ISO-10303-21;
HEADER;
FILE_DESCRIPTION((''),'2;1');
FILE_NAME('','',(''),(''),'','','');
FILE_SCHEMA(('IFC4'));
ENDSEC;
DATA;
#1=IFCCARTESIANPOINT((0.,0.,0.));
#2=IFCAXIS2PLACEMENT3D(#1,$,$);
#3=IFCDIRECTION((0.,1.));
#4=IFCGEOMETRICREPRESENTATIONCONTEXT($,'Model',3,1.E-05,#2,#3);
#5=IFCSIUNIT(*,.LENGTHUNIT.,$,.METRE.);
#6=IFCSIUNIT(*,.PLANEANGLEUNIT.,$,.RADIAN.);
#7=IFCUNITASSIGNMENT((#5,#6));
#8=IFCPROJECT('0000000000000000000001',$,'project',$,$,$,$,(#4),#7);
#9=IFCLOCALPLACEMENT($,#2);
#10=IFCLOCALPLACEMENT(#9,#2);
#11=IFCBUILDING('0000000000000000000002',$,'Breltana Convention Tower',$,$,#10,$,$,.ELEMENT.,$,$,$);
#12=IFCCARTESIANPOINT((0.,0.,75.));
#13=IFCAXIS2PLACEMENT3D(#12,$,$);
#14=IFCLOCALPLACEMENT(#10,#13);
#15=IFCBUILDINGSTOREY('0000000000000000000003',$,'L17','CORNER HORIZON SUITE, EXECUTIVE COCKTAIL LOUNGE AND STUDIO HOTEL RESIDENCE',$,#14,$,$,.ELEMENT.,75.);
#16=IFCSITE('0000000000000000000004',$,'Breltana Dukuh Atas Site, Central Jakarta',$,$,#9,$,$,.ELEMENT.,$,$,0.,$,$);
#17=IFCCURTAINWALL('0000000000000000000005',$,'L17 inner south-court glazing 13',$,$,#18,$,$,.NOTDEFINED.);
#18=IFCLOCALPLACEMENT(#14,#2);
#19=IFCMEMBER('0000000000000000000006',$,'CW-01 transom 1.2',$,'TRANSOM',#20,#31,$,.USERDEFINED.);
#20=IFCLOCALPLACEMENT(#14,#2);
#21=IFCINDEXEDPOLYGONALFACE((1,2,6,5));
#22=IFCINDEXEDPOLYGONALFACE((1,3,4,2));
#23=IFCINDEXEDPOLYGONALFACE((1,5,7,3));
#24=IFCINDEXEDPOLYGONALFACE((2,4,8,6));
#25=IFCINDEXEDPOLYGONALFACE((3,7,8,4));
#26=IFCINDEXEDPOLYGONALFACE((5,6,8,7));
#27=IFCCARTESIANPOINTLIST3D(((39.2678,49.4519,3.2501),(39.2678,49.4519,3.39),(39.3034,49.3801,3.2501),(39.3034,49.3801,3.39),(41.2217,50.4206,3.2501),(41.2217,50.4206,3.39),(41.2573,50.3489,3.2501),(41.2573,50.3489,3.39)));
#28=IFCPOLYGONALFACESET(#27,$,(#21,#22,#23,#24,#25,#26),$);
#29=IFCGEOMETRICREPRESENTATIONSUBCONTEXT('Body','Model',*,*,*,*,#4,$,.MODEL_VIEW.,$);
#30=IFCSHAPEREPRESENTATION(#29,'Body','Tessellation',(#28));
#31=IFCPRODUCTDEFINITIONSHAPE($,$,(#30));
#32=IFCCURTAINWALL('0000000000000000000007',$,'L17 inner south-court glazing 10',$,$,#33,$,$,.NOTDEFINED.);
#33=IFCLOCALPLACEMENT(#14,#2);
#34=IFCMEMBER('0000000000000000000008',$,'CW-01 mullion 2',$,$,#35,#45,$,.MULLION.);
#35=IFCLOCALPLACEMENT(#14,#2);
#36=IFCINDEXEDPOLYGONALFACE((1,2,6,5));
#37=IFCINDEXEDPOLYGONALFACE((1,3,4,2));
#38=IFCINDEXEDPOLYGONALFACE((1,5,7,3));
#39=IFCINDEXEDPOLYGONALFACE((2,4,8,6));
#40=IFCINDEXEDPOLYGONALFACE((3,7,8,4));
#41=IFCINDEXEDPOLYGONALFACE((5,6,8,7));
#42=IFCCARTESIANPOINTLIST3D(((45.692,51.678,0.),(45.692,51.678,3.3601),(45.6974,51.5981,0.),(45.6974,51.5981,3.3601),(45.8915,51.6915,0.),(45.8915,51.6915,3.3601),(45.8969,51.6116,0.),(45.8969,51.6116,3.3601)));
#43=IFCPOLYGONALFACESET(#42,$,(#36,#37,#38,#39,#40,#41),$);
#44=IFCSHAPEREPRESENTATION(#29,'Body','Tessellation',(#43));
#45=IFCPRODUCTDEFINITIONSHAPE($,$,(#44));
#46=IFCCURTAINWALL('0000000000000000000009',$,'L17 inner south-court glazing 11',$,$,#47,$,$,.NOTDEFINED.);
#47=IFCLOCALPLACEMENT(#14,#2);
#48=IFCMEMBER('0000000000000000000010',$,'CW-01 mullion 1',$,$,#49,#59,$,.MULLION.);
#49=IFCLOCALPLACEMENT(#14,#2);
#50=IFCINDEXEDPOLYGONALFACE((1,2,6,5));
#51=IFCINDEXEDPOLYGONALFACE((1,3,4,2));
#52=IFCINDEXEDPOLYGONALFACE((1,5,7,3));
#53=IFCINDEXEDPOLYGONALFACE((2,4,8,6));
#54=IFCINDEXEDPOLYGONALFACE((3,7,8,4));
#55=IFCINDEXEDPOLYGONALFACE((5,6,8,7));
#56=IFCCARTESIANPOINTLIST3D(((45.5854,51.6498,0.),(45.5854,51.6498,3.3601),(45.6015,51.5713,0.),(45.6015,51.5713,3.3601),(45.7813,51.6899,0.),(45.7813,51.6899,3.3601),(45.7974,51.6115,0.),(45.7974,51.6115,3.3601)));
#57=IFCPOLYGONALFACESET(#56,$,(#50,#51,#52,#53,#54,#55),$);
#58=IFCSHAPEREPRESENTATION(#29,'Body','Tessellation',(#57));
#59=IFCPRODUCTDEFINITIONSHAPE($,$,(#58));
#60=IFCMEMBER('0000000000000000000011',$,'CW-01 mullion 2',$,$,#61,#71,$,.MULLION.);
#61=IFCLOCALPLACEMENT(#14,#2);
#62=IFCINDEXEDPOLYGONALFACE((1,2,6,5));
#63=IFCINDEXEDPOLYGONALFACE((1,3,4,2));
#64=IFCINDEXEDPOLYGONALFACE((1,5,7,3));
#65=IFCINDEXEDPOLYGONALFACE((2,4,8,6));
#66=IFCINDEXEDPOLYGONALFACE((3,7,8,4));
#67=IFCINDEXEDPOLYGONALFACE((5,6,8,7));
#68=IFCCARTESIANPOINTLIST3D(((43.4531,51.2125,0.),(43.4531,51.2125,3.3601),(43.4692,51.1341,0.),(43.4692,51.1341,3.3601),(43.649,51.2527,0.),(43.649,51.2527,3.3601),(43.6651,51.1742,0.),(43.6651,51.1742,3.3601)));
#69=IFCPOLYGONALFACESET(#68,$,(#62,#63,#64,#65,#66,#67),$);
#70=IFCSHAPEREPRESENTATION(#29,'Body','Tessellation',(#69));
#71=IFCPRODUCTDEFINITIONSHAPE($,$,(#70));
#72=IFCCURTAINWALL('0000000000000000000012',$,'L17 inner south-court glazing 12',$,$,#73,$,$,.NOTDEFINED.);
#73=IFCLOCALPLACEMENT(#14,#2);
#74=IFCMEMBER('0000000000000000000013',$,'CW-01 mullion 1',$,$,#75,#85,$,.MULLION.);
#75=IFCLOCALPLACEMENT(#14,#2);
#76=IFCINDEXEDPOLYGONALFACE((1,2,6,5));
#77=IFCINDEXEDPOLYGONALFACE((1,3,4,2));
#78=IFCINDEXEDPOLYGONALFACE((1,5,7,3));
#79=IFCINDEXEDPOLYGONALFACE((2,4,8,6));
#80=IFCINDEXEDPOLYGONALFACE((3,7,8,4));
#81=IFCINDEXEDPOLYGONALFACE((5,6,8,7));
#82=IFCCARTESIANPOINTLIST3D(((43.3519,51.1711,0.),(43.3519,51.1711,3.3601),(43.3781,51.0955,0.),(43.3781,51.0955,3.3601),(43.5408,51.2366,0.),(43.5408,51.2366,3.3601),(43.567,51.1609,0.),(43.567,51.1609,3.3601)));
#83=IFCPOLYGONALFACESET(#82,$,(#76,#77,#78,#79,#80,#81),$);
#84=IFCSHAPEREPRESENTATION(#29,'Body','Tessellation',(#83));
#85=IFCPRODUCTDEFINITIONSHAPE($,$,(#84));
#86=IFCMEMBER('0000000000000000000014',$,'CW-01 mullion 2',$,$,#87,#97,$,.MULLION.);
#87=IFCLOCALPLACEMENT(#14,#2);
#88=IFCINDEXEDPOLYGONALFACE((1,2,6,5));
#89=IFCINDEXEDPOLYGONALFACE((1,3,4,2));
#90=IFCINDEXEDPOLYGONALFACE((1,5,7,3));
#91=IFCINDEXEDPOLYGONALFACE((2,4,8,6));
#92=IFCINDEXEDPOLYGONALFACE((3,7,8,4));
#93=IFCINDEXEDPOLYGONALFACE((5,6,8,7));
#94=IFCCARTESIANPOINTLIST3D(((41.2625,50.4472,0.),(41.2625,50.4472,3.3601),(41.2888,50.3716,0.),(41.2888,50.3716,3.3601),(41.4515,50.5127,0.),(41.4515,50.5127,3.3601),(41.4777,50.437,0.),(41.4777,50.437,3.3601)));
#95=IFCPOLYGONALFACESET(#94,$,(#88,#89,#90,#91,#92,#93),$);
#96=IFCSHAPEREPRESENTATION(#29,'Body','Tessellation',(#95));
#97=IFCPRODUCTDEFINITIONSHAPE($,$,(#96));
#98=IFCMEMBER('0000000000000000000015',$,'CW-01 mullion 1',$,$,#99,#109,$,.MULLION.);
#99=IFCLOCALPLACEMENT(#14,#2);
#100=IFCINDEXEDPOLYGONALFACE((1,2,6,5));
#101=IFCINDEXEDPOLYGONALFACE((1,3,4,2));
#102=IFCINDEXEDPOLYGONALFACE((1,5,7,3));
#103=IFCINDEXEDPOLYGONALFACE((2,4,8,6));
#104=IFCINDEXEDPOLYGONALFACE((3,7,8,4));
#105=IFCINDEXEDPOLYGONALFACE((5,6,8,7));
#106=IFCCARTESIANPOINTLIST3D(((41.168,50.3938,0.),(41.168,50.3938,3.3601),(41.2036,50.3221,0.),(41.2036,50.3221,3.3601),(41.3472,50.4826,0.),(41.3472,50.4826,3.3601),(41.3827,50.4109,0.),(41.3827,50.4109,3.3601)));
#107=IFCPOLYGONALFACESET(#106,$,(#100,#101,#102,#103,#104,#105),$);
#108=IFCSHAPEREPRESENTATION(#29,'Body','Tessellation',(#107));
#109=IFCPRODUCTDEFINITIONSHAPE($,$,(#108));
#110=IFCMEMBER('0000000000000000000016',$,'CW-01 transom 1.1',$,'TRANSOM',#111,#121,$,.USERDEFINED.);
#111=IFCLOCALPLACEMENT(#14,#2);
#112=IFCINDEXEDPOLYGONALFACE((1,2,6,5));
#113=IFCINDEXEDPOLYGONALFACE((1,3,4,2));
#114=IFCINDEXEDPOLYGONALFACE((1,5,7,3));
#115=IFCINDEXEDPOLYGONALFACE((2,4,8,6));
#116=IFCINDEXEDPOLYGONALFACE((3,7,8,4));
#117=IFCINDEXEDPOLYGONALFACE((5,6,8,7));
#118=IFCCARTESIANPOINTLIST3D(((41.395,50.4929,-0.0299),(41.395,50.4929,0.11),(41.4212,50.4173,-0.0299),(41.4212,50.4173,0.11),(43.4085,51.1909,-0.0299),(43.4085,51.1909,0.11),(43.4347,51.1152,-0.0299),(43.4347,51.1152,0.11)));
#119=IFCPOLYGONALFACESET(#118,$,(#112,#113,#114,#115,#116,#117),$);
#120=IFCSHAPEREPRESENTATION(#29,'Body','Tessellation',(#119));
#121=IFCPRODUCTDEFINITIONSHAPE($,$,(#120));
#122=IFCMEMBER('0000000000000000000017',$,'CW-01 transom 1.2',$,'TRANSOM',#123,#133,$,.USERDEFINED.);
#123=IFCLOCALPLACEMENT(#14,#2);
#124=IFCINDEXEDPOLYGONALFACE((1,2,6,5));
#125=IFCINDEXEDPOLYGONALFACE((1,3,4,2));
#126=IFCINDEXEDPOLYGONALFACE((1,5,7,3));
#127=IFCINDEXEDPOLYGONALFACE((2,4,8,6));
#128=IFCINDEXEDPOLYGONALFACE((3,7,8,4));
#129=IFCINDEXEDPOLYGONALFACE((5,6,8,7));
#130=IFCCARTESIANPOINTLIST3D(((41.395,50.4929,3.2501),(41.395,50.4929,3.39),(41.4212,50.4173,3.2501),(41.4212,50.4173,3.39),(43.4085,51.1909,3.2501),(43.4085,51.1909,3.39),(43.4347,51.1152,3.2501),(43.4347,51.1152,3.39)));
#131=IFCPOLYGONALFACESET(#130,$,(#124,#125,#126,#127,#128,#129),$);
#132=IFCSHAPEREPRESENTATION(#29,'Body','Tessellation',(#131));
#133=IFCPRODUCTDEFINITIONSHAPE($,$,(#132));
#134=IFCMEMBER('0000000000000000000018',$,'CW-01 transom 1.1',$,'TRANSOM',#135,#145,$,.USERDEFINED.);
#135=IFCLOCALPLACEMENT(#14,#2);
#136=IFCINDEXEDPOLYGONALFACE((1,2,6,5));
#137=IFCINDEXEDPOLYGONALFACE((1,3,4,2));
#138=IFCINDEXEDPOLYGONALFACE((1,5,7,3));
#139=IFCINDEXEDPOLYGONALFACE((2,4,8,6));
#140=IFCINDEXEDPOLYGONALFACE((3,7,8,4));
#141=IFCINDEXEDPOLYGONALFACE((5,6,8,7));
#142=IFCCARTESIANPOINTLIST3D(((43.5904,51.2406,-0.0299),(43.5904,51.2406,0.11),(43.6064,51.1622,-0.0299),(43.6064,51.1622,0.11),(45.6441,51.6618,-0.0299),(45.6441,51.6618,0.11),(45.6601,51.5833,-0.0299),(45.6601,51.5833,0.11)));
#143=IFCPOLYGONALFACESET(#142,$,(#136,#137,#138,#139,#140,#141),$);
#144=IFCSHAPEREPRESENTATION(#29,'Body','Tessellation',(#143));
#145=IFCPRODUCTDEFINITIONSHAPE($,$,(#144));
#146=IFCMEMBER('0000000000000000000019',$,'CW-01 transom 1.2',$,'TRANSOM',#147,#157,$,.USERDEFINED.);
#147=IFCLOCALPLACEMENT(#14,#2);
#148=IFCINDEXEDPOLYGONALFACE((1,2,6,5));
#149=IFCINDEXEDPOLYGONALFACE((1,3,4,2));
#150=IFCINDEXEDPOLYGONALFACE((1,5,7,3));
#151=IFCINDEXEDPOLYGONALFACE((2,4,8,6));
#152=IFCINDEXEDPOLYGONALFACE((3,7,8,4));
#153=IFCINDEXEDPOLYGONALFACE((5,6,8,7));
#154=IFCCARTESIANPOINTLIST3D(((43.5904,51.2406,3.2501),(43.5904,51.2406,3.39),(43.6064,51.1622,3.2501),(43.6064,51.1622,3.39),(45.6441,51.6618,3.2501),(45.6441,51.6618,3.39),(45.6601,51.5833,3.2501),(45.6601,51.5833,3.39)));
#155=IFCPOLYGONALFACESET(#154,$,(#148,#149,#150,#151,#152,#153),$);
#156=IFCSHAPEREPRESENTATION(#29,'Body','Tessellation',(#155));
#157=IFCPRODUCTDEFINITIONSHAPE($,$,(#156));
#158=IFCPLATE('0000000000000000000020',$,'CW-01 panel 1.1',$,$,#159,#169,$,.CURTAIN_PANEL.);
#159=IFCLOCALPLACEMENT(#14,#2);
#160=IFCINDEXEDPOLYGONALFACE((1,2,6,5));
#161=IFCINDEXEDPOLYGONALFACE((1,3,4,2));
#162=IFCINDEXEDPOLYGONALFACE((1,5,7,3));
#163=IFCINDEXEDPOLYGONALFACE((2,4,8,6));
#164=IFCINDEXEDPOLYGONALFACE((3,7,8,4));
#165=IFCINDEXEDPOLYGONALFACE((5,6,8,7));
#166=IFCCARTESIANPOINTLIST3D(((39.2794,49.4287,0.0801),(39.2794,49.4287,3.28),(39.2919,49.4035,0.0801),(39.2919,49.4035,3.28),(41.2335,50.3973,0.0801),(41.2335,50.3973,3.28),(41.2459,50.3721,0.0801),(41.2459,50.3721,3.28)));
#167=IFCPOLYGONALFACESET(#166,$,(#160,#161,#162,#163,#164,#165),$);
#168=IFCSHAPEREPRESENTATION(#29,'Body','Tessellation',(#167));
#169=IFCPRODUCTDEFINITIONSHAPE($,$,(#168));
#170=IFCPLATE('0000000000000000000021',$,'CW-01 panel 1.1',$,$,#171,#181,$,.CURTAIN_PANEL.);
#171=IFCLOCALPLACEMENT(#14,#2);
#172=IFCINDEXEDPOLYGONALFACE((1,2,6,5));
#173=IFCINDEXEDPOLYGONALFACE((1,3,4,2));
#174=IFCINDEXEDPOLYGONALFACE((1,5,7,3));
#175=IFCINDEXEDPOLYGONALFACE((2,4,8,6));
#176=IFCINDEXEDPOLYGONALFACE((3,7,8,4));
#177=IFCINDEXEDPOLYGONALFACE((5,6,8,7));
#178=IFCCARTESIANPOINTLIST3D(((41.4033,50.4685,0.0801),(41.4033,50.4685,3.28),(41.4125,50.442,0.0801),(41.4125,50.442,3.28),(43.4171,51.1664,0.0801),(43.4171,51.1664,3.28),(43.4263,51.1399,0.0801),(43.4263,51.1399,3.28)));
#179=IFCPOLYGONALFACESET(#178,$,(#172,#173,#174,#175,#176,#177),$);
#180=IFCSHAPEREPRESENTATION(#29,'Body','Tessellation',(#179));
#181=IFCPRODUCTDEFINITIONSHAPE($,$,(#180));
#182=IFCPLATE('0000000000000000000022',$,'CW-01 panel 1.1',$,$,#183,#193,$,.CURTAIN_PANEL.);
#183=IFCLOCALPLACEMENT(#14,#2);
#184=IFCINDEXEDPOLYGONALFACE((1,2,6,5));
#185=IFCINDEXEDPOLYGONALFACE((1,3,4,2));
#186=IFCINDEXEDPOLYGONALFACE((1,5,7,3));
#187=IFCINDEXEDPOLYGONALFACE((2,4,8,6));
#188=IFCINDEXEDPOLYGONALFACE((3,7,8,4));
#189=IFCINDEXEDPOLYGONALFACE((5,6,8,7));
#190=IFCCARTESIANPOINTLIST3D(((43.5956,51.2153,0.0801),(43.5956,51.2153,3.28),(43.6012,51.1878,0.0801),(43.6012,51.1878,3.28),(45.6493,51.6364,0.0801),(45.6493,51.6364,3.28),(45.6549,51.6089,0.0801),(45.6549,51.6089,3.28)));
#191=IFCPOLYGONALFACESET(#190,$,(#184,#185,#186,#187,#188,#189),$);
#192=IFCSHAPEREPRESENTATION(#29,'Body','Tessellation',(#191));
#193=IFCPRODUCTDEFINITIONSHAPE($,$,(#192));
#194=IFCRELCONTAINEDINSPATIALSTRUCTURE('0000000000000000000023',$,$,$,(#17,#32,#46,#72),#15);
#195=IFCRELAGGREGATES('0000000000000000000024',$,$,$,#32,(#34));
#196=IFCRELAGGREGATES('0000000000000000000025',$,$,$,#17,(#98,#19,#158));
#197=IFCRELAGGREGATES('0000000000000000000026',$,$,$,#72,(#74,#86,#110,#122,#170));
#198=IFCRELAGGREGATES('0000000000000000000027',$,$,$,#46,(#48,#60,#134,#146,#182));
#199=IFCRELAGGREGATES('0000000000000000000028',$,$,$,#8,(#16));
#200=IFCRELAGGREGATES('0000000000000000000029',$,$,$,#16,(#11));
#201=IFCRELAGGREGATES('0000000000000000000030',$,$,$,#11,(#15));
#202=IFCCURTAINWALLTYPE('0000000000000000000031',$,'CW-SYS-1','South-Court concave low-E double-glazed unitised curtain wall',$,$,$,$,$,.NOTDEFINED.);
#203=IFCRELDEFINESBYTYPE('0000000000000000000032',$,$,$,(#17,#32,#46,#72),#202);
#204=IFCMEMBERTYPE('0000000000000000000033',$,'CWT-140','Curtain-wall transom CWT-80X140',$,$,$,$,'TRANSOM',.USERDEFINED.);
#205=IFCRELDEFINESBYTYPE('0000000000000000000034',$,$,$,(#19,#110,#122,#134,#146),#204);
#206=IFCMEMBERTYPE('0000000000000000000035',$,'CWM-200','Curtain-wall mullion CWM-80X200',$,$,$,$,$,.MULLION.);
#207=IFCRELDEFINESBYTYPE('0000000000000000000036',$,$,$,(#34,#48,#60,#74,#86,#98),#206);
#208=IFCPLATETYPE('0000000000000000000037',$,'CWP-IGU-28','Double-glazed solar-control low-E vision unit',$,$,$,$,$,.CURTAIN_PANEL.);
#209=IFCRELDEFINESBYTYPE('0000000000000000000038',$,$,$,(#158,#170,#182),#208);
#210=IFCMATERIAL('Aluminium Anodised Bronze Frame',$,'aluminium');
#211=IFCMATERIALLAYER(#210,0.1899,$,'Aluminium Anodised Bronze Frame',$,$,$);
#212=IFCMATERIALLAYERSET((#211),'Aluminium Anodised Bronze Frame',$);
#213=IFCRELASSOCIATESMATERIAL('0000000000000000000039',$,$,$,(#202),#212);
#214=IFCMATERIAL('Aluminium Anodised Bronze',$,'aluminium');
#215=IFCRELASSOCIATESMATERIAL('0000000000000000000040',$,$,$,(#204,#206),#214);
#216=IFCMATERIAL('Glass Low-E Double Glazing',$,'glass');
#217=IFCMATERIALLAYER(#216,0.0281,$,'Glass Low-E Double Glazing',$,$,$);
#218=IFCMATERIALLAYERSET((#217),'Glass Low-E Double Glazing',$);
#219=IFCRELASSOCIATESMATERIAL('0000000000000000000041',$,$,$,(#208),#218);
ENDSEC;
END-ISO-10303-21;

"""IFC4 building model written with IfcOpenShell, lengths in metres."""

from ifc_helpers import new_model, si_unit, direction, frame, origin, origin_2d, place, context, subcontext, project, spatial, rectangle, extrude, source, transform, mapped, material, layer, layer_set, material_profile, profile_set, type_object, element, aggregate, save


model = new_model("IFC4")

# Units and contexts
model_context = context("Model", 3, precision=1e-05, world=origin(), true_north=direction((0.0, 1.0)))
body_context = subcontext(model_context, "Body", "Model", "MODEL_VIEW")
ifc_project = project(units=[si_unit("LENGTHUNIT", "METRE"), si_unit("PLANEANGLEUNIT", "RADIAN")], contexts=[model_context])

# Site, building, storey
site_placement = place(None, origin())
site = spatial("IfcSite", under=ifc_project, at=site_placement, Name="Breltana Dukuh Atas Site, Central Jakarta", CompositionType="ELEMENT", RefElevation=0.0)
building_placement = place(site_placement, origin())
building = spatial("IfcBuilding", under=site, at=building_placement, Name="Breltana Convention Tower", CompositionType="ELEMENT")
storey_placement = place(building_placement, frame((0.0, 0.0, 75.0)))
storey = spatial("IfcBuildingStorey", under=building, at=storey_placement, Name="L17", Description="CORNER HORIZON SUITE, EXECUTIVE COCKTAIL LOUNGE AND STUDIO HOTEL RESIDENCE", CompositionType="ELEMENT", Elevation=75.0)

# Curtain wall, member
ifc_material_1 = material(Name="Aluminium Anodised Bronze Frame", Category="aluminium")
ifc_layer_1 = layer(ifc_material_1, 0.1899, Name="Aluminium Anodised Bronze Frame")
ifc_layer_set_1 = layer_set([ifc_layer_1], Name="Aluminium Anodised Bronze Frame")
curtain_wall_type = type_object("IfcCurtainWallType", Name="CW-SYS-1", Description="South-Court concave low-E double-glazed unitised curtain wall", PredefinedType="NOTDEFINED", material=ifc_layer_set_1)
curtain_wall_1_placement = place(storey_placement, origin())
curtain_wall_1 = element("IfcCurtainWall", 1, at=curtain_wall_1_placement, inside=storey, type_object=curtain_wall_type, Name="L17 inner south-court glazing 13", PredefinedType="NOTDEFINED")
ifc_material_2 = material(Name="Aluminium Anodised Bronze", Category="aluminium")
ifc_material_profile_1 = material_profile(ifc_material_2, rectangle(XDim=0.0801, YDim=0.1399, at=origin_2d()), Name="CWT-80X140")
ifc_profile_set_1 = profile_set([ifc_material_profile_1], Name="Aluminium Anodised Bronze")
member_type_1 = type_object("IfcMemberType", Name="CWT-140", Description="Curtain-wall transom CWT-80X140", ElementType="TRANSOM", PredefinedType="USERDEFINED", material=ifc_profile_set_1)
shared_shape_1 = source(origin(), body_context, "Body", "SweptSolid", [
    extrude(rectangle(XDim=0.0801, YDim=0.1399, at=origin_2d()), origin(), (0.0, 0.0, 1.0), 2.1809),
])
member_1_placement = place(storey_placement, frame((41.2395, 50.3848, 3.3201), z_axis=(-0.895922, -0.444211, 0.0), x_axis=(0.444211, -0.895922, 0.0)))
member_1 = element("IfcMember", 2, at=member_1_placement, type_object=member_type_1, Name="CW-01 transom 1.2", ObjectType="TRANSOM", PredefinedType="USERDEFINED", context=body_context, shape_type="MappedRepresentation", body=[
    mapped(shared_shape_1, transform((0.0, 0.0, 0.0), scale=1.0)),
])

# Curtain wall, member
curtain_wall_2_placement = place(storey_placement, origin())
curtain_wall_2 = element("IfcCurtainWall", 3, at=curtain_wall_2_placement, inside=storey, type_object=curtain_wall_type, Name="L17 inner south-court glazing 10", PredefinedType="NOTDEFINED")
ifc_material_profile_2 = material_profile(ifc_material_2, rectangle(XDim=0.0801, YDim=0.2, at=origin_2d()), Name="CWM-80X200")
ifc_profile_set_2 = profile_set([ifc_material_profile_2], Name="Aluminium Anodised Bronze")
member_type_2 = type_object("IfcMemberType", Name="CWM-200", Description="Curtain-wall mullion CWM-80X200", PredefinedType="MULLION", material=ifc_profile_set_2)
shared_shape_2 = source(origin(), body_context, "Body", "SweptSolid", [
    extrude(rectangle(XDim=0.0801, YDim=0.2, at=origin_2d()), origin(), (0.0, 0.0, 1.0), 3.3601),
])
member_2_placement = place(storey_placement, frame((45.7944, 51.6448, 0.0), z_axis=(0.0, 0.0, 1.0), x_axis=(0.067726, -0.997704, 0.0)))
member_2 = element("IfcMember", 4, at=member_2_placement, type_object=member_type_2, Name="CW-01 mullion 2", PredefinedType="MULLION", context=body_context, shape_type="MappedRepresentation", body=[
    mapped(shared_shape_2, transform((0.0, 0.0, 0.0), scale=1.0)),
])
aggregate(curtain_wall_2, [member_2])

# Curtain walls, members
curtain_wall_3_placement = place(storey_placement, origin())
curtain_wall_3 = element("IfcCurtainWall", 5, at=curtain_wall_3_placement, inside=storey, type_object=curtain_wall_type, Name="L17 inner south-court glazing 11", PredefinedType="NOTDEFINED")
member_3_placement = place(storey_placement, frame((45.6914, 51.6306, 0.0), z_axis=(0.0, 0.0, 1.0), x_axis=(0.200886, -0.979615, 0.0)))
member_3 = element("IfcMember", 6, at=member_3_placement, type_object=member_type_2, Name="CW-01 mullion 1", PredefinedType="MULLION", context=body_context, shape_type="MappedRepresentation", body=[
    mapped(shared_shape_2, transform((0.0, 0.0, 0.0), scale=1.0)),
])
member_4_placement = place(storey_placement, frame((43.5591, 51.1934, 0.0), z_axis=(0.0, 0.0, 1.0), x_axis=(0.200886, -0.979615, 0.0)))
member_4 = element("IfcMember", 7, at=member_4_placement, type_object=member_type_2, Name="CW-01 mullion 2", PredefinedType="MULLION", context=body_context, shape_type="MappedRepresentation", body=[
    mapped(shared_shape_2, transform((0.0, 0.0, 0.0), scale=1.0)),
])
curtain_wall_4_placement = place(storey_placement, origin())
curtain_wall_4 = element("IfcCurtainWall", 8, at=curtain_wall_4_placement, inside=storey, type_object=curtain_wall_type, Name="L17 inner south-court glazing 12", PredefinedType="NOTDEFINED")
member_5_placement = place(storey_placement, frame((43.4595, 51.166, 0.0), z_axis=(0.0, 0.0, 1.0), x_axis=(0.327413, -0.944881, 0.0)))
member_5 = element("IfcMember", 9, at=member_5_placement, type_object=member_type_2, Name="CW-01 mullion 1", PredefinedType="MULLION", context=body_context, shape_type="MappedRepresentation", body=[
    mapped(shared_shape_2, transform((0.0, 0.0, 0.0), scale=1.0)),
])
member_6_placement = place(storey_placement, frame((41.3701, 50.4421, 0.0), z_axis=(0.0, 0.0, 1.0), x_axis=(0.327413, -0.944881, 0.0)))
member_6 = element("IfcMember", 10, at=member_6_placement, type_object=member_type_2, Name="CW-01 mullion 2", PredefinedType="MULLION", context=body_context, shape_type="MappedRepresentation", body=[
    mapped(shared_shape_2, transform((0.0, 0.0, 0.0), scale=1.0)),
])

# Members
member_7_placement = place(storey_placement, frame((41.2754, 50.4023, 0.0), z_axis=(0.0, 0.0, 1.0), x_axis=(0.444118, -0.895968, 0.0)))
member_7 = element("IfcMember", 11, at=member_7_placement, type_object=member_type_2, Name="CW-01 mullion 1", PredefinedType="MULLION", context=body_context, shape_type="MappedRepresentation", body=[
    mapped(shared_shape_2, transform((0.0, 0.0, 0.0), scale=1.0)),
])
shared_shape_3 = source(origin(), body_context, "Body", "SweptSolid", [
    extrude(rectangle(XDim=0.0801, YDim=0.1399, at=origin_2d()), origin(), (0.0, 0.0, 1.0), 2.1311),
])
member_8_placement = place(storey_placement, frame((43.4216, 51.1531, 0.04), z_axis=(-0.944847, -0.327512, 0.0), x_axis=(0.327512, -0.944847, 0.0)))
member_8 = element("IfcMember", 12, at=member_8_placement, type_object=member_type_1, Name="CW-01 transom 1.1", ObjectType="TRANSOM", PredefinedType="USERDEFINED", context=body_context, shape_type="MappedRepresentation", body=[
    mapped(shared_shape_3, transform((0.0, 0.0, 0.0), scale=1.0)),
])
member_9_placement = place(storey_placement, frame((43.4216, 51.1531, 3.3201), z_axis=(-0.944847, -0.327512, 0.0), x_axis=(0.327512, -0.944847, 0.0)))
member_9 = element("IfcMember", 13, at=member_9_placement, type_object=member_type_1, Name="CW-01 transom 1.2", ObjectType="TRANSOM", PredefinedType="USERDEFINED", context=body_context, shape_type="MappedRepresentation", body=[
    mapped(shared_shape_3, transform((0.0, 0.0, 0.0), scale=1.0)),
])
shared_shape_4 = source(origin(), body_context, "Body", "SweptSolid", [
    extrude(rectangle(XDim=0.0801, YDim=0.1399, at=origin_2d()), origin(), (0.0, 0.0, 1.0), 2.0964),
])
member_10_placement = place(storey_placement, frame((45.6521, 51.6226, 0.04), z_axis=(-0.979615, -0.200884, 0.0), x_axis=(0.200884, -0.979615, 0.0)))
member_10 = element("IfcMember", 14, at=member_10_placement, type_object=member_type_1, Name="CW-01 transom 1.1", ObjectType="TRANSOM", PredefinedType="USERDEFINED", context=body_context, shape_type="MappedRepresentation", body=[
    mapped(shared_shape_4, transform((0.0, 0.0, 0.0), scale=1.0)),
])
member_11_placement = place(storey_placement, frame((45.6521, 51.6226, 3.3201), z_axis=(-0.979615, -0.200884, 0.0), x_axis=(0.200884, -0.979615, 0.0)))
member_11 = element("IfcMember", 15, at=member_11_placement, type_object=member_type_1, Name="CW-01 transom 1.2", ObjectType="TRANSOM", PredefinedType="USERDEFINED", context=body_context, shape_type="MappedRepresentation", body=[
    mapped(shared_shape_4, transform((0.0, 0.0, 0.0), scale=1.0)),
])

# Plates
ifc_material_3 = material(Name="Glass Low-E Double Glazing", Category="glass")
ifc_layer_2 = layer(ifc_material_3, 0.0281, Name="Glass Low-E Double Glazing")
ifc_layer_set_2 = layer_set([ifc_layer_2], Name="Glass Low-E Double Glazing")
plate_type = type_object("IfcPlateType", Name="CWP-IGU-28", Description="Double-glazed solar-control low-E vision unit", PredefinedType="CURTAIN_PANEL", material=ifc_layer_set_2)
shared_shape_5 = source(origin(), body_context, "Body", "SweptSolid", [
    extrude(rectangle(XDim=2.1809, YDim=0.0281, at=origin_2d()), origin(), (0.0, 0.0, 1.0), 3.2),
])
plate_1_placement = place(storey_placement, frame((40.2627, 49.9004, 0.0801), z_axis=(0.0, 0.0, 1.0), x_axis=(-0.895968, -0.444118, 0.0)))
plate_1 = element("IfcPlate", 16, at=plate_1_placement, type_object=plate_type, Name="CW-01 panel 1.1", PredefinedType="CURTAIN_PANEL", context=body_context, shape_type="MappedRepresentation", body=[
    mapped(shared_shape_5, transform((0.0, 0.0, 0.0), scale=1.0)),
])
aggregate(curtain_wall_1, [member_7, member_1, plate_1])
shared_shape_6 = source(origin(), body_context, "Body", "SweptSolid", [
    extrude(rectangle(XDim=2.1313, YDim=0.0281, at=origin_2d()), origin(), (0.0, 0.0, 1.0), 3.2),
])
plate_2_placement = place(storey_placement, frame((42.4148, 50.8042, 0.0801), z_axis=(0.0, 0.0, 1.0), x_axis=(-0.944881, -0.327413, 0.0)))
plate_2 = element("IfcPlate", 17, at=plate_2_placement, type_object=plate_type, Name="CW-01 panel 1.1", PredefinedType="CURTAIN_PANEL", context=body_context, shape_type="MappedRepresentation", body=[
    mapped(shared_shape_6, transform((0.0, 0.0, 0.0), scale=1.0)),
])
aggregate(curtain_wall_4, [member_5, member_6, member_8, member_9, plate_2])
shared_shape_7 = source(origin(), body_context, "Body", "SweptSolid", [
    extrude(rectangle(XDim=2.0964, YDim=0.0281, at=origin_2d()), origin(), (0.0, 0.0, 1.0), 3.2),
])
plate_3_placement = place(storey_placement, frame((44.6252, 51.4121, 0.0801), z_axis=(0.0, 0.0, 1.0), x_axis=(-0.979615, -0.200886, 0.0)))
plate_3 = element("IfcPlate", 18, at=plate_3_placement, type_object=plate_type, Name="CW-01 panel 1.1", PredefinedType="CURTAIN_PANEL", context=body_context, shape_type="MappedRepresentation", body=[
    mapped(shared_shape_7, transform((0.0, 0.0, 0.0), scale=1.0)),
])
aggregate(curtain_wall_3, [member_3, member_4, member_10, member_11, plate_3])

save(model, "model.ifc")
